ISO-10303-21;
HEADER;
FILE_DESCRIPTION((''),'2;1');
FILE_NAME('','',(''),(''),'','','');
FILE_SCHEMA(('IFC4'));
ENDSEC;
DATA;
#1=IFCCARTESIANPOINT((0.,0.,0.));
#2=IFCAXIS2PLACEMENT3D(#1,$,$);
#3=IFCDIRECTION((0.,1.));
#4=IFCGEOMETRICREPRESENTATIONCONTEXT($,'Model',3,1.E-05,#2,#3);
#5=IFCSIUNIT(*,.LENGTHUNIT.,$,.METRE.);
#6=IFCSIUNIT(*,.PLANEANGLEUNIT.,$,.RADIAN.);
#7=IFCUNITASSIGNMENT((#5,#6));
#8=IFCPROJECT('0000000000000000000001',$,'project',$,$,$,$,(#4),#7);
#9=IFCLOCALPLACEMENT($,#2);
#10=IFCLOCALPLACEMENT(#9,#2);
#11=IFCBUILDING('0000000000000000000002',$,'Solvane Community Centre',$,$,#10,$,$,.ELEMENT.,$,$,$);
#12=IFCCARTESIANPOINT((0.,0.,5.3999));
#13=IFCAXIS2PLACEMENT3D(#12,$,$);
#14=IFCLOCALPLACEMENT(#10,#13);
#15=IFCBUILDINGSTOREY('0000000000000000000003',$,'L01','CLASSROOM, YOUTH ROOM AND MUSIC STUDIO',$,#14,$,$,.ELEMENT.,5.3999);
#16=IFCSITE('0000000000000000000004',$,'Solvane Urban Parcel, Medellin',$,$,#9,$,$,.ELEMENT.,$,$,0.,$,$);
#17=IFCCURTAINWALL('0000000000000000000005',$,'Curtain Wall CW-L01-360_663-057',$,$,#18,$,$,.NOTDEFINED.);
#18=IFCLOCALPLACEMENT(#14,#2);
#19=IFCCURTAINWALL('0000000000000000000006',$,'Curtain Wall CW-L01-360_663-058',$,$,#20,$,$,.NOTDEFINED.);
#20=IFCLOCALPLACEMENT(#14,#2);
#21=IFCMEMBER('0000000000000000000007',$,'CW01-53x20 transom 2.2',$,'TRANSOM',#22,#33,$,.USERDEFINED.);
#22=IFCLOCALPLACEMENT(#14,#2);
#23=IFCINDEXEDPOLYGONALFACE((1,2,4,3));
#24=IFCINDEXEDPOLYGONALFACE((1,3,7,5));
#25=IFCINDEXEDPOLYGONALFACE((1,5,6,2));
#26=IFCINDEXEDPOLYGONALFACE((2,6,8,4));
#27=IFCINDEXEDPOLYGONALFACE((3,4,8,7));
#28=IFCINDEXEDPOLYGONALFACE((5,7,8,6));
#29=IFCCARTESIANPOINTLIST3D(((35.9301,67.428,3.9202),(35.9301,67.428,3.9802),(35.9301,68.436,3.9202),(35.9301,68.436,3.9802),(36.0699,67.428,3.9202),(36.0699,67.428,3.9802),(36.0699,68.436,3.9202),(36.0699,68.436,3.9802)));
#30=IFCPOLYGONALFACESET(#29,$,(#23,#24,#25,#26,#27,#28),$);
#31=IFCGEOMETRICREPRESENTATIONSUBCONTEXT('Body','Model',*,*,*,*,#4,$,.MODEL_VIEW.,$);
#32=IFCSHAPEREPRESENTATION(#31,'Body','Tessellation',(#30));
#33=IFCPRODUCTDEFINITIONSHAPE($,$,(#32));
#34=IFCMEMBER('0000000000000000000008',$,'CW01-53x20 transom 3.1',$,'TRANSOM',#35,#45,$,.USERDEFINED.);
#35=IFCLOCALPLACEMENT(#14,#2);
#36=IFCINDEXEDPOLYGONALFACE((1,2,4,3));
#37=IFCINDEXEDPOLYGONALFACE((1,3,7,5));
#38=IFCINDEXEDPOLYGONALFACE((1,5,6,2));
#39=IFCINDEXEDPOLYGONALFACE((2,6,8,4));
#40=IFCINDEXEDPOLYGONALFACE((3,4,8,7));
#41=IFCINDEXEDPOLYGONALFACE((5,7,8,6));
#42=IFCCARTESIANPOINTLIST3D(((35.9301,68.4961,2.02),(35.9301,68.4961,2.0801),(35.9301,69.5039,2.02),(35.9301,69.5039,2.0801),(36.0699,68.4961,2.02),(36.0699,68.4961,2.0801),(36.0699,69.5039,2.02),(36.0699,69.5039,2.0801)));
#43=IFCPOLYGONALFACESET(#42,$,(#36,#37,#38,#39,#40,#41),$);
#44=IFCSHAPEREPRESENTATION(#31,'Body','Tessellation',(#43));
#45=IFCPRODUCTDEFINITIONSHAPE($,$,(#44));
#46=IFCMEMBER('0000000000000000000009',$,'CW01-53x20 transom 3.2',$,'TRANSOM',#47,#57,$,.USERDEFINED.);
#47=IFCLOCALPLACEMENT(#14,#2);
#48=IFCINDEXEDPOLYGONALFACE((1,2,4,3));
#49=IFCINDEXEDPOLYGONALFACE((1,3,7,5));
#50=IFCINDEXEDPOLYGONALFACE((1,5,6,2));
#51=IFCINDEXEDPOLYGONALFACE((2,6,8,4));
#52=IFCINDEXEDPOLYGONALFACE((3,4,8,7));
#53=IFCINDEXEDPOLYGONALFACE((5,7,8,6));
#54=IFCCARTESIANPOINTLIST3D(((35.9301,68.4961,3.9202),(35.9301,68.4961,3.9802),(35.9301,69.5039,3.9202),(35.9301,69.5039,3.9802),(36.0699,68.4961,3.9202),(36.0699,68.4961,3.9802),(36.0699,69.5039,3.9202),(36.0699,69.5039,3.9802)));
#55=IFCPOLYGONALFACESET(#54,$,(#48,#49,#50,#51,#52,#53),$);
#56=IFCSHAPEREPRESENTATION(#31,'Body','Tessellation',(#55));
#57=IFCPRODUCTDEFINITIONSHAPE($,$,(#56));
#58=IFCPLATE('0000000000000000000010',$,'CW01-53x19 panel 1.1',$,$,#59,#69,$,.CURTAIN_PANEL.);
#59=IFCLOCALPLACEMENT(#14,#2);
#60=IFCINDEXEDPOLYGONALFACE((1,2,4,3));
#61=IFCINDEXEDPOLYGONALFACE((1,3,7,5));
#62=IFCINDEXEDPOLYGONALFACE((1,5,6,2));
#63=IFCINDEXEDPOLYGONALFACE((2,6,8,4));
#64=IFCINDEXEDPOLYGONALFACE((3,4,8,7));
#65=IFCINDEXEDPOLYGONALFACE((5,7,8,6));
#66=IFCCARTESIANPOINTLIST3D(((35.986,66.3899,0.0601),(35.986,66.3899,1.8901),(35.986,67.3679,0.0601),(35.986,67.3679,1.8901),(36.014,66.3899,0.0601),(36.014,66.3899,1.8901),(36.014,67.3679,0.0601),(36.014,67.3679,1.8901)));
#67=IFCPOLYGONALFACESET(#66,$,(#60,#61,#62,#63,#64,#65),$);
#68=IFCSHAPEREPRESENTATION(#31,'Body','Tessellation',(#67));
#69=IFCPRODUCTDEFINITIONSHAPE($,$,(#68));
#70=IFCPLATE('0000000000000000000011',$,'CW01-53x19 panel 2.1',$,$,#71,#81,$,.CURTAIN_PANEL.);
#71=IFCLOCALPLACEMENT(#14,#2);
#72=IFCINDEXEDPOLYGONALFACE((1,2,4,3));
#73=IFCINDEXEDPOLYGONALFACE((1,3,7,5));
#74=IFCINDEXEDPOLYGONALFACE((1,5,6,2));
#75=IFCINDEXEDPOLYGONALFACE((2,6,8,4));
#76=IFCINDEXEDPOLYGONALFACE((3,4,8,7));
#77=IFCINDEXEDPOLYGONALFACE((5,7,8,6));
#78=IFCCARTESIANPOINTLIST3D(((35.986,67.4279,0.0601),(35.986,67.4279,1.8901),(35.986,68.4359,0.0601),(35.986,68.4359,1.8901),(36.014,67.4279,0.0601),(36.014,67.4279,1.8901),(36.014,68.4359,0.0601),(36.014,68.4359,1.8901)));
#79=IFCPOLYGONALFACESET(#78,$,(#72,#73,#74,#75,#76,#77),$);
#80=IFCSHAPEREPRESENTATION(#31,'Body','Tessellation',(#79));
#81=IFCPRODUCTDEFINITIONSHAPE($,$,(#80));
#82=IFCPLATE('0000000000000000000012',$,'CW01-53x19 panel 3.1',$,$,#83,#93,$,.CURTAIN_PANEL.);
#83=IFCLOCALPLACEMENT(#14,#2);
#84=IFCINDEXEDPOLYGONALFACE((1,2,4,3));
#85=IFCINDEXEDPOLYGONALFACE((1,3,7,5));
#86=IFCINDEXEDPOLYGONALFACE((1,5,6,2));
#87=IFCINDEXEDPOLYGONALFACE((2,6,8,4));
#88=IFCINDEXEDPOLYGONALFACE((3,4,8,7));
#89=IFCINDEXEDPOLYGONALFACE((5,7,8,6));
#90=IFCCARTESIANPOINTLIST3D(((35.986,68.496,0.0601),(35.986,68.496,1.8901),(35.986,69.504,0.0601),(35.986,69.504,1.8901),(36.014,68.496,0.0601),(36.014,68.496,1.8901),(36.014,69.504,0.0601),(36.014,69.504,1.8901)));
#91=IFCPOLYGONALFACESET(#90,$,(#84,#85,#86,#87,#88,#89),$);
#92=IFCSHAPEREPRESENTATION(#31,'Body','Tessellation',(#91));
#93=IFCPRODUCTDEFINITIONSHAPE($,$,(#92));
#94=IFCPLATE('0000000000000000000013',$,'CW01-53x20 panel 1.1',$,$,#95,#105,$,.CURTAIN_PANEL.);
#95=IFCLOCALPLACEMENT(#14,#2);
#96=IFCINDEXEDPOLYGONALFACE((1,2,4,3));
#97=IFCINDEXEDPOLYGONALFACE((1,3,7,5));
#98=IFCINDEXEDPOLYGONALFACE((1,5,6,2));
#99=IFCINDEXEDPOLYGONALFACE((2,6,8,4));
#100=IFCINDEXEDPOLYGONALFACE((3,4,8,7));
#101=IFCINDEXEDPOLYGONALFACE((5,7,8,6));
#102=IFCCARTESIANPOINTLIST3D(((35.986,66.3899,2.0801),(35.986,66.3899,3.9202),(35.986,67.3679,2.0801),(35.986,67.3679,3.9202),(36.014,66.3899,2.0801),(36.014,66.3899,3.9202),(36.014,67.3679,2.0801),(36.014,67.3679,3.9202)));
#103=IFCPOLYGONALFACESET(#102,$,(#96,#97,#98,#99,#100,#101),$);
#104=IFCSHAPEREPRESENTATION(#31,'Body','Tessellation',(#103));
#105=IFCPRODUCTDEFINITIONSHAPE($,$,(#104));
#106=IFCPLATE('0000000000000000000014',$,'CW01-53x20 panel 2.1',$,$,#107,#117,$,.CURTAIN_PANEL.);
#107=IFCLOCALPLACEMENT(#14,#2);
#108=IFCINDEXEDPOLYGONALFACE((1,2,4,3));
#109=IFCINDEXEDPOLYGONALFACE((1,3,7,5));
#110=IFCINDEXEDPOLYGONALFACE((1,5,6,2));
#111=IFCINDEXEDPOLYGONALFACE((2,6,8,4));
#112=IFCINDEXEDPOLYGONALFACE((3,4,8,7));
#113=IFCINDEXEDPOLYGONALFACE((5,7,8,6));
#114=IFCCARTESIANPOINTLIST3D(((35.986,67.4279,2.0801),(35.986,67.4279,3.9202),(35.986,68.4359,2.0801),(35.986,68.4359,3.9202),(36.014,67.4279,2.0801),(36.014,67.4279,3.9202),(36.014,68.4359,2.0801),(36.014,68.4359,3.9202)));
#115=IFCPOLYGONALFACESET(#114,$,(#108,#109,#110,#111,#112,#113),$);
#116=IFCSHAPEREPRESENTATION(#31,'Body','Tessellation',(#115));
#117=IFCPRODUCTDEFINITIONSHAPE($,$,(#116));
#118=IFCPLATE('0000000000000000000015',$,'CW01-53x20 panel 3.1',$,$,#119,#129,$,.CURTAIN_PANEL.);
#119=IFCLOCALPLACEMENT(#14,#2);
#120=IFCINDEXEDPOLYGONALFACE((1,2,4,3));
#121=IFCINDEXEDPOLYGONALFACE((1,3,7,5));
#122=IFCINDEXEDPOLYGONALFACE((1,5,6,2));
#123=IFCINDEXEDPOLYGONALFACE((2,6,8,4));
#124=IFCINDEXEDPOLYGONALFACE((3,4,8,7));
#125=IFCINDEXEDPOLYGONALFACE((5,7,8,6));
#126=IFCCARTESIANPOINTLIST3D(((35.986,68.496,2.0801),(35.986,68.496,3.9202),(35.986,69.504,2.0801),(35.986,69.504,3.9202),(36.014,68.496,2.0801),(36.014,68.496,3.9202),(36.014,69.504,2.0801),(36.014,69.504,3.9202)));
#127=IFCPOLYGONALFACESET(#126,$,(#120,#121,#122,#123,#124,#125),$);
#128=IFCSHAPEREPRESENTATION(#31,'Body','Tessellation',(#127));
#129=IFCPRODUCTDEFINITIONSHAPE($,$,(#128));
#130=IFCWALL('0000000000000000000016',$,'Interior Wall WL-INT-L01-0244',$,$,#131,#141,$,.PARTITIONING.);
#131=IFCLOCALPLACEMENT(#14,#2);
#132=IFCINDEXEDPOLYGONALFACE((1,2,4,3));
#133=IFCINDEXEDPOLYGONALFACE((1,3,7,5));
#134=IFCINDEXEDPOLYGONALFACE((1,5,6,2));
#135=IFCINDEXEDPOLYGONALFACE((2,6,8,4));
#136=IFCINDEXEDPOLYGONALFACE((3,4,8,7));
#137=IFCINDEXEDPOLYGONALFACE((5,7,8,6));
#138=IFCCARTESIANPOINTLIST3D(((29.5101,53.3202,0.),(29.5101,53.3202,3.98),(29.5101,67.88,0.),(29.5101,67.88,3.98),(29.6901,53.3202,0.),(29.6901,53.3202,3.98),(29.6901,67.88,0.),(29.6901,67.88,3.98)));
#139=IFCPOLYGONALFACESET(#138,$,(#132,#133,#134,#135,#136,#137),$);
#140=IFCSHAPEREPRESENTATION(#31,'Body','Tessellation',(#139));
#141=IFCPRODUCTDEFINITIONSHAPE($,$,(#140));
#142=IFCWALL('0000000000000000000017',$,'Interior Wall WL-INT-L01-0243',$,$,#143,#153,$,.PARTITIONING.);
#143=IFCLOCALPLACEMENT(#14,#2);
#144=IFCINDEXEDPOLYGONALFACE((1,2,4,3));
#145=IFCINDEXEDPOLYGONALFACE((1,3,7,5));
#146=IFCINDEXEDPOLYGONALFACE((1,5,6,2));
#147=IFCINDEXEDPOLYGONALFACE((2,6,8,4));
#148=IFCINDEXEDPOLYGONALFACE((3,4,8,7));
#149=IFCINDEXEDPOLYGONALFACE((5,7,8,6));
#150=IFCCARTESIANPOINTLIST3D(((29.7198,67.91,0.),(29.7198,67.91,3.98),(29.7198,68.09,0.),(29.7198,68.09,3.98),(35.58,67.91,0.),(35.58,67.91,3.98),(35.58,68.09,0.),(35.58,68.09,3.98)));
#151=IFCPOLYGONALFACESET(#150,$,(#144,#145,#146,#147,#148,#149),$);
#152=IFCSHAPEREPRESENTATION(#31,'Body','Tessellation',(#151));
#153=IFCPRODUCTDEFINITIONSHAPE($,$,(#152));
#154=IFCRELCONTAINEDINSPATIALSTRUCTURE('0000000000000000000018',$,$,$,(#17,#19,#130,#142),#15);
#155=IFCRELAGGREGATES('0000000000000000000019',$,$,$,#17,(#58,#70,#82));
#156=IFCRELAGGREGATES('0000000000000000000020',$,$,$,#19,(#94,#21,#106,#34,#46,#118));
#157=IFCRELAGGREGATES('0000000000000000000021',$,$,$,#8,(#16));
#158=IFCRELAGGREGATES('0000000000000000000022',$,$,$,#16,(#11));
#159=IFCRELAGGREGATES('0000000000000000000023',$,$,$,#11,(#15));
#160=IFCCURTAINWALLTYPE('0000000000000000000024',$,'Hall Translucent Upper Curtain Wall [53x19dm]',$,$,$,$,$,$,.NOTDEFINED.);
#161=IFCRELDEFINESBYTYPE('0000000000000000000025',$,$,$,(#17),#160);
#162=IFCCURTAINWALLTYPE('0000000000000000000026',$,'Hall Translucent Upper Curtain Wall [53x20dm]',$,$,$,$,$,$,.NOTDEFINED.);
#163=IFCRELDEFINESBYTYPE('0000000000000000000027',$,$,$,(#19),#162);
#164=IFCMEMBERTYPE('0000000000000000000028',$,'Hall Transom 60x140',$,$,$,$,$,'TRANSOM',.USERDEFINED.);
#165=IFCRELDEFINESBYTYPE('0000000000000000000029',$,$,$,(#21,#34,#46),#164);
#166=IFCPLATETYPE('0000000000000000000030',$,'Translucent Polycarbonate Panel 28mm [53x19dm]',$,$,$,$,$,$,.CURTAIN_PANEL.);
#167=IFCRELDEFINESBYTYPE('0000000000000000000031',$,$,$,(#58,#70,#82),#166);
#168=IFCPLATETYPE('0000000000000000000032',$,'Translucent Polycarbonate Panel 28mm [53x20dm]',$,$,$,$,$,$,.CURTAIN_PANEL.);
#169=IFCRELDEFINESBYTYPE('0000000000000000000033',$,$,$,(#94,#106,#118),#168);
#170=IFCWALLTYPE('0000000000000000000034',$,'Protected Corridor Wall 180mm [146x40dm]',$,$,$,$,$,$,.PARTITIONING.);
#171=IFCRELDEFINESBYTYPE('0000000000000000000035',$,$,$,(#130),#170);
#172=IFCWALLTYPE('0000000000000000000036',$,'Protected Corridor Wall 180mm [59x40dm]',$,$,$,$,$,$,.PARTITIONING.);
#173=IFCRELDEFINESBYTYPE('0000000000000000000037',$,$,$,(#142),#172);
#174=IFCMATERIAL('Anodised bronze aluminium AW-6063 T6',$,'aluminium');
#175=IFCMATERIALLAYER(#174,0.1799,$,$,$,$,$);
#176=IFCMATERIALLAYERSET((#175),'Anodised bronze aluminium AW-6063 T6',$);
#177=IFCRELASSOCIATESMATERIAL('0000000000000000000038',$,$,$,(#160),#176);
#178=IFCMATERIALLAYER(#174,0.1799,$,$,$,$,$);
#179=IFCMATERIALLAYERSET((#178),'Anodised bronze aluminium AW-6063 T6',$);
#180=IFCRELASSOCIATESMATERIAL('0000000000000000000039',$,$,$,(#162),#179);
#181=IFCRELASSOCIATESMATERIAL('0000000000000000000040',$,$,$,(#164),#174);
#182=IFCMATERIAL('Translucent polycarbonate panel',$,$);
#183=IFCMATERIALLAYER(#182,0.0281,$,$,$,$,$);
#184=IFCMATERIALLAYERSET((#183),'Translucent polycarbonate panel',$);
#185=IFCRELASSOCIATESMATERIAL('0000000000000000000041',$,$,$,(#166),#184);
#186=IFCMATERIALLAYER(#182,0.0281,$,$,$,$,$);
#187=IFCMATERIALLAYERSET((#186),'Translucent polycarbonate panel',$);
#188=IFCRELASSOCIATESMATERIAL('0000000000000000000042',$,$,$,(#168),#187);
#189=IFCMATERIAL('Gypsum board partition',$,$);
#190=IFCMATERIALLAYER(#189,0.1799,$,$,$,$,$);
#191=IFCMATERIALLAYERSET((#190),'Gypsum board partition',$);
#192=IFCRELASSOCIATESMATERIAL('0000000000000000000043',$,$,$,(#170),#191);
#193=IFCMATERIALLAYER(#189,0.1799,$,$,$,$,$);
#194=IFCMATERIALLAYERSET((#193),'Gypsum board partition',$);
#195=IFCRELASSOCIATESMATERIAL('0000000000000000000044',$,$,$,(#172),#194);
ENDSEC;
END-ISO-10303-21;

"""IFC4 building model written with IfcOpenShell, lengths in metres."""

from ifc_helpers import new_model, si_unit, direction, frame, frame_2d, origin, origin_2d, place, context, subcontext, project, spatial, rectangle, extrude, material, layer, layer_set, material_profile, profile_set, type_object, element, aggregate, save


model = new_model("IFC4")

# Units and contexts
model_context = context("Model", 3, precision=1e-05, world=origin(), true_north=direction((0.0, 1.0)))
body_context = subcontext(model_context, "Body", "Model", "MODEL_VIEW")
ifc_project = project(units=[si_unit("LENGTHUNIT", "METRE"), si_unit("PLANEANGLEUNIT", "RADIAN")], contexts=[model_context])

# Site, building, storey
site_placement = place(None, origin())
site = spatial("IfcSite", under=ifc_project, at=site_placement, Name="Solvane Urban Parcel, Medellin", CompositionType="ELEMENT", RefElevation=0.0)
building_placement = place(site_placement, origin())
building = spatial("IfcBuilding", under=site, at=building_placement, Name="Solvane Community Centre", CompositionType="ELEMENT")
storey_placement = place(building_placement, frame((0.0, 0.0, 5.3999)))
storey = spatial("IfcBuildingStorey", under=building, at=storey_placement, Name="L01", Description="CLASSROOM, YOUTH ROOM AND MUSIC STUDIO", CompositionType="ELEMENT", Elevation=5.3999)

# Curtain walls
ifc_material_1 = material(Name="Anodised bronze aluminium AW-6063 T6", Category="aluminium")
ifc_layer_1 = layer(ifc_material_1, 0.1799)
ifc_layer_set_1 = layer_set([ifc_layer_1], Name="Anodised bronze aluminium AW-6063 T6")
curtain_wall_type_1 = type_object("IfcCurtainWallType", Name="Hall Translucent Upper Curtain Wall [53x19dm]", PredefinedType="NOTDEFINED", material=ifc_layer_set_1)
curtain_wall_1_placement = place(storey_placement, origin())
curtain_wall_1 = element("IfcCurtainWall", 1, at=curtain_wall_1_placement, inside=storey, type_object=curtain_wall_type_1, Name="Curtain Wall CW-L01-360_663-057", PredefinedType="NOTDEFINED")
ifc_layer_2 = layer(ifc_material_1, 0.1799)
ifc_layer_set_2 = layer_set([ifc_layer_2], Name="Anodised bronze aluminium AW-6063 T6")
curtain_wall_type_2 = type_object("IfcCurtainWallType", Name="Hall Translucent Upper Curtain Wall [53x20dm]", PredefinedType="NOTDEFINED", material=ifc_layer_set_2)
curtain_wall_2_placement = place(storey_placement, origin())
curtain_wall_2 = element("IfcCurtainWall", 2, at=curtain_wall_2_placement, inside=storey, type_object=curtain_wall_type_2, Name="Curtain Wall CW-L01-360_663-058", PredefinedType="NOTDEFINED")

# Members
ifc_material_profile_1 = material_profile(ifc_material_1, rectangle(XDim=0.1399, YDim=0.0601, at=origin_2d()), Name="CW-T 60x140")
ifc_profile_set_1 = profile_set([ifc_material_profile_1], Name="Anodised bronze aluminium AW-6063 T6")
member_type_1 = type_object("IfcMemberType", Name="Hall Transom 60x140", ElementType="TRANSOM", PredefinedType="USERDEFINED", material=ifc_profile_set_1)
member_1_placement = place(storey_placement, frame((36.0, 67.428, 3.9502), z_axis=(0.0, 1.0, 0.0), x_axis=(-1.0, 0.0, 0.0)))
member_1 = element("IfcMember", 3, at=member_1_placement, type_object=member_type_1, Name="CW01-53x20 transom 2.2", ObjectType="TRANSOM", PredefinedType="USERDEFINED", context=body_context, shape_type="SweptSolid", body=[
    extrude(rectangle(XDim=0.1399, YDim=0.0601, at=origin_2d()), origin(), (0.0, 0.0, 1.0), 1.0081),
])
member_2_placement = place(storey_placement, frame((36.0, 68.4961, 2.05), z_axis=(0.0, 1.0, 0.0), x_axis=(-1.0, 0.0, 0.0)))
member_2 = element("IfcMember", 4, at=member_2_placement, type_object=member_type_1, Name="CW01-53x20 transom 3.1", ObjectType="TRANSOM", PredefinedType="USERDEFINED", context=body_context, shape_type="SweptSolid", body=[
    extrude(rectangle(XDim=0.1399, YDim=0.0601, at=origin_2d()), origin(), (0.0, 0.0, 1.0), 1.0078),
])
member_3_placement = place(storey_placement, frame((36.0, 68.4961, 3.9502), z_axis=(0.0, 1.0, 0.0), x_axis=(-1.0, 0.0, 0.0)))
member_3 = element("IfcMember", 5, at=member_3_placement, type_object=member_type_1, Name="CW01-53x20 transom 3.2", ObjectType="TRANSOM", PredefinedType="USERDEFINED", context=body_context, shape_type="SweptSolid", body=[
    extrude(rectangle(XDim=0.1399, YDim=0.0601, at=origin_2d()), origin(), (0.0, 0.0, 1.0), 1.0078),
])

# Plates
ifc_material_2 = material(Name="Translucent polycarbonate panel")
ifc_layer_3 = layer(ifc_material_2, 0.0281)
ifc_layer_set_3 = layer_set([ifc_layer_3], Name="Translucent polycarbonate panel")
plate_type_1 = type_object("IfcPlateType", Name="Translucent Polycarbonate Panel 28mm [53x19dm]", PredefinedType="CURTAIN_PANEL", material=ifc_layer_set_3)
plate_1_placement = place(storey_placement, frame((36.0, 66.8789, 0.0601), z_axis=(0.0, 0.0, 1.0), x_axis=(0.0, 1.0, 0.0)))
plate_1 = element("IfcPlate", 6, at=plate_1_placement, type_object=plate_type_1, Name="CW01-53x19 panel 1.1", PredefinedType="CURTAIN_PANEL", context=body_context, shape_type="SweptSolid", body=[
    extrude(rectangle(XDim=0.978, YDim=0.0281, at=origin_2d()), origin(), (0.0, 0.0, 1.0), 1.8301),
])
plate_2_placement = place(storey_placement, frame((36.0, 67.9319, 0.0601), z_axis=(0.0, 0.0, 1.0), x_axis=(0.0, 1.0, 0.0)))
plate_2 = element("IfcPlate", 7, at=plate_2_placement, type_object=plate_type_1, Name="CW01-53x19 panel 2.1", PredefinedType="CURTAIN_PANEL", context=body_context, shape_type="SweptSolid", body=[
    extrude(rectangle(XDim=1.0081, YDim=0.0281, at=origin_2d()), origin(), (0.0, 0.0, 1.0), 1.8301),
])
plate_3_placement = place(storey_placement, frame((36.0, 69.0, 0.0601), z_axis=(0.0, 0.0, 1.0), x_axis=(0.0, 1.0, 0.0)))
plate_3 = element("IfcPlate", 8, at=plate_3_placement, type_object=plate_type_1, Name="CW01-53x19 panel 3.1", PredefinedType="CURTAIN_PANEL", context=body_context, shape_type="SweptSolid", body=[
    extrude(rectangle(XDim=1.0081, YDim=0.0281, at=origin_2d()), origin(), (0.0, 0.0, 1.0), 1.8301),
])
aggregate(curtain_wall_1, [plate_1, plate_2, plate_3])
ifc_layer_4 = layer(ifc_material_2, 0.0281)
ifc_layer_set_4 = layer_set([ifc_layer_4], Name="Translucent polycarbonate panel")
plate_type_2 = type_object("IfcPlateType", Name="Translucent Polycarbonate Panel 28mm [53x20dm]", PredefinedType="CURTAIN_PANEL", material=ifc_layer_set_4)
plate_4_placement = place(storey_placement, frame((36.0, 66.8789, 2.0801), z_axis=(0.0, 0.0, 1.0), x_axis=(0.0, 1.0, 0.0)))
plate_4 = element("IfcPlate", 9, at=plate_4_placement, type_object=plate_type_2, Name="CW01-53x20 panel 1.1", PredefinedType="CURTAIN_PANEL", context=body_context, shape_type="SweptSolid", body=[
    extrude(rectangle(XDim=0.978, YDim=0.0281, at=origin_2d()), origin(), (0.0, 0.0, 1.0), 1.8401),
])
plate_5_placement = place(storey_placement, frame((36.0, 67.9319, 2.0801), z_axis=(0.0, 0.0, 1.0), x_axis=(0.0, 1.0, 0.0)))
plate_5 = element("IfcPlate", 10, at=plate_5_placement, type_object=plate_type_2, Name="CW01-53x20 panel 2.1", PredefinedType="CURTAIN_PANEL", context=body_context, shape_type="SweptSolid", body=[
    extrude(rectangle(XDim=1.0081, YDim=0.0281, at=origin_2d()), origin(), (0.0, 0.0, 1.0), 1.8401),
])
plate_6_placement = place(storey_placement, frame((36.0, 69.0, 2.0801), z_axis=(0.0, 0.0, 1.0), x_axis=(0.0, 1.0, 0.0)))
plate_6 = element("IfcPlate", 11, at=plate_6_placement, type_object=plate_type_2, Name="CW01-53x20 panel 3.1", PredefinedType="CURTAIN_PANEL", context=body_context, shape_type="SweptSolid", body=[
    extrude(rectangle(XDim=1.0081, YDim=0.0281, at=origin_2d()), origin(), (0.0, 0.0, 1.0), 1.8401),
])
aggregate(curtain_wall_2, [plate_4, member_1, plate_5, member_2, member_3, plate_6])

# Walls
ifc_material_3 = material(Name="Gypsum board partition")
ifc_layer_5 = layer(ifc_material_3, 0.1799)
ifc_layer_set_5 = layer_set([ifc_layer_5], Name="Gypsum board partition")
wall_type_1 = type_object("IfcWallType", Name="Protected Corridor Wall 180mm [146x40dm]", PredefinedType="PARTITIONING", material=ifc_layer_set_5)
wall_1_placement = place(storey_placement, frame((29.6001, 67.8799, 0.0), z_axis=(0.0, 0.0, 1.0), x_axis=(0.0, -1.0, 0.0)))
element("IfcWall", 12, at=wall_1_placement, inside=storey, type_object=wall_type_1, Name="Interior Wall WL-INT-L01-0244", PredefinedType="PARTITIONING", context=body_context, shape_type="SweptSolid", body=[
    extrude(rectangle(XDim=14.5598, YDim=0.1799, at=frame_2d((7.2798, 0.0))), origin(), (0.0, 0.0, 1.0), 3.98),
])
ifc_layer_6 = layer(ifc_material_3, 0.1799)
ifc_layer_set_6 = layer_set([ifc_layer_6], Name="Gypsum board partition")
wall_type_2 = type_object("IfcWallType", Name="Protected Corridor Wall 180mm [59x40dm]", PredefinedType="PARTITIONING", material=ifc_layer_set_6)
wall_2_placement = place(storey_placement, frame((35.5801, 68.0, 0.0), z_axis=(0.0, 0.0, 1.0), x_axis=(-1.0, 0.0, 0.0)))
element("IfcWall", 13, at=wall_2_placement, inside=storey, type_object=wall_type_2, Name="Interior Wall WL-INT-L01-0243", PredefinedType="PARTITIONING", context=body_context, shape_type="SweptSolid", body=[
    extrude(rectangle(XDim=5.8601, YDim=0.1799, at=frame_2d((2.9302, 0.0))), origin(), (0.0, 0.0, 1.0), 3.98),
])

save(model, "model.ifc")
